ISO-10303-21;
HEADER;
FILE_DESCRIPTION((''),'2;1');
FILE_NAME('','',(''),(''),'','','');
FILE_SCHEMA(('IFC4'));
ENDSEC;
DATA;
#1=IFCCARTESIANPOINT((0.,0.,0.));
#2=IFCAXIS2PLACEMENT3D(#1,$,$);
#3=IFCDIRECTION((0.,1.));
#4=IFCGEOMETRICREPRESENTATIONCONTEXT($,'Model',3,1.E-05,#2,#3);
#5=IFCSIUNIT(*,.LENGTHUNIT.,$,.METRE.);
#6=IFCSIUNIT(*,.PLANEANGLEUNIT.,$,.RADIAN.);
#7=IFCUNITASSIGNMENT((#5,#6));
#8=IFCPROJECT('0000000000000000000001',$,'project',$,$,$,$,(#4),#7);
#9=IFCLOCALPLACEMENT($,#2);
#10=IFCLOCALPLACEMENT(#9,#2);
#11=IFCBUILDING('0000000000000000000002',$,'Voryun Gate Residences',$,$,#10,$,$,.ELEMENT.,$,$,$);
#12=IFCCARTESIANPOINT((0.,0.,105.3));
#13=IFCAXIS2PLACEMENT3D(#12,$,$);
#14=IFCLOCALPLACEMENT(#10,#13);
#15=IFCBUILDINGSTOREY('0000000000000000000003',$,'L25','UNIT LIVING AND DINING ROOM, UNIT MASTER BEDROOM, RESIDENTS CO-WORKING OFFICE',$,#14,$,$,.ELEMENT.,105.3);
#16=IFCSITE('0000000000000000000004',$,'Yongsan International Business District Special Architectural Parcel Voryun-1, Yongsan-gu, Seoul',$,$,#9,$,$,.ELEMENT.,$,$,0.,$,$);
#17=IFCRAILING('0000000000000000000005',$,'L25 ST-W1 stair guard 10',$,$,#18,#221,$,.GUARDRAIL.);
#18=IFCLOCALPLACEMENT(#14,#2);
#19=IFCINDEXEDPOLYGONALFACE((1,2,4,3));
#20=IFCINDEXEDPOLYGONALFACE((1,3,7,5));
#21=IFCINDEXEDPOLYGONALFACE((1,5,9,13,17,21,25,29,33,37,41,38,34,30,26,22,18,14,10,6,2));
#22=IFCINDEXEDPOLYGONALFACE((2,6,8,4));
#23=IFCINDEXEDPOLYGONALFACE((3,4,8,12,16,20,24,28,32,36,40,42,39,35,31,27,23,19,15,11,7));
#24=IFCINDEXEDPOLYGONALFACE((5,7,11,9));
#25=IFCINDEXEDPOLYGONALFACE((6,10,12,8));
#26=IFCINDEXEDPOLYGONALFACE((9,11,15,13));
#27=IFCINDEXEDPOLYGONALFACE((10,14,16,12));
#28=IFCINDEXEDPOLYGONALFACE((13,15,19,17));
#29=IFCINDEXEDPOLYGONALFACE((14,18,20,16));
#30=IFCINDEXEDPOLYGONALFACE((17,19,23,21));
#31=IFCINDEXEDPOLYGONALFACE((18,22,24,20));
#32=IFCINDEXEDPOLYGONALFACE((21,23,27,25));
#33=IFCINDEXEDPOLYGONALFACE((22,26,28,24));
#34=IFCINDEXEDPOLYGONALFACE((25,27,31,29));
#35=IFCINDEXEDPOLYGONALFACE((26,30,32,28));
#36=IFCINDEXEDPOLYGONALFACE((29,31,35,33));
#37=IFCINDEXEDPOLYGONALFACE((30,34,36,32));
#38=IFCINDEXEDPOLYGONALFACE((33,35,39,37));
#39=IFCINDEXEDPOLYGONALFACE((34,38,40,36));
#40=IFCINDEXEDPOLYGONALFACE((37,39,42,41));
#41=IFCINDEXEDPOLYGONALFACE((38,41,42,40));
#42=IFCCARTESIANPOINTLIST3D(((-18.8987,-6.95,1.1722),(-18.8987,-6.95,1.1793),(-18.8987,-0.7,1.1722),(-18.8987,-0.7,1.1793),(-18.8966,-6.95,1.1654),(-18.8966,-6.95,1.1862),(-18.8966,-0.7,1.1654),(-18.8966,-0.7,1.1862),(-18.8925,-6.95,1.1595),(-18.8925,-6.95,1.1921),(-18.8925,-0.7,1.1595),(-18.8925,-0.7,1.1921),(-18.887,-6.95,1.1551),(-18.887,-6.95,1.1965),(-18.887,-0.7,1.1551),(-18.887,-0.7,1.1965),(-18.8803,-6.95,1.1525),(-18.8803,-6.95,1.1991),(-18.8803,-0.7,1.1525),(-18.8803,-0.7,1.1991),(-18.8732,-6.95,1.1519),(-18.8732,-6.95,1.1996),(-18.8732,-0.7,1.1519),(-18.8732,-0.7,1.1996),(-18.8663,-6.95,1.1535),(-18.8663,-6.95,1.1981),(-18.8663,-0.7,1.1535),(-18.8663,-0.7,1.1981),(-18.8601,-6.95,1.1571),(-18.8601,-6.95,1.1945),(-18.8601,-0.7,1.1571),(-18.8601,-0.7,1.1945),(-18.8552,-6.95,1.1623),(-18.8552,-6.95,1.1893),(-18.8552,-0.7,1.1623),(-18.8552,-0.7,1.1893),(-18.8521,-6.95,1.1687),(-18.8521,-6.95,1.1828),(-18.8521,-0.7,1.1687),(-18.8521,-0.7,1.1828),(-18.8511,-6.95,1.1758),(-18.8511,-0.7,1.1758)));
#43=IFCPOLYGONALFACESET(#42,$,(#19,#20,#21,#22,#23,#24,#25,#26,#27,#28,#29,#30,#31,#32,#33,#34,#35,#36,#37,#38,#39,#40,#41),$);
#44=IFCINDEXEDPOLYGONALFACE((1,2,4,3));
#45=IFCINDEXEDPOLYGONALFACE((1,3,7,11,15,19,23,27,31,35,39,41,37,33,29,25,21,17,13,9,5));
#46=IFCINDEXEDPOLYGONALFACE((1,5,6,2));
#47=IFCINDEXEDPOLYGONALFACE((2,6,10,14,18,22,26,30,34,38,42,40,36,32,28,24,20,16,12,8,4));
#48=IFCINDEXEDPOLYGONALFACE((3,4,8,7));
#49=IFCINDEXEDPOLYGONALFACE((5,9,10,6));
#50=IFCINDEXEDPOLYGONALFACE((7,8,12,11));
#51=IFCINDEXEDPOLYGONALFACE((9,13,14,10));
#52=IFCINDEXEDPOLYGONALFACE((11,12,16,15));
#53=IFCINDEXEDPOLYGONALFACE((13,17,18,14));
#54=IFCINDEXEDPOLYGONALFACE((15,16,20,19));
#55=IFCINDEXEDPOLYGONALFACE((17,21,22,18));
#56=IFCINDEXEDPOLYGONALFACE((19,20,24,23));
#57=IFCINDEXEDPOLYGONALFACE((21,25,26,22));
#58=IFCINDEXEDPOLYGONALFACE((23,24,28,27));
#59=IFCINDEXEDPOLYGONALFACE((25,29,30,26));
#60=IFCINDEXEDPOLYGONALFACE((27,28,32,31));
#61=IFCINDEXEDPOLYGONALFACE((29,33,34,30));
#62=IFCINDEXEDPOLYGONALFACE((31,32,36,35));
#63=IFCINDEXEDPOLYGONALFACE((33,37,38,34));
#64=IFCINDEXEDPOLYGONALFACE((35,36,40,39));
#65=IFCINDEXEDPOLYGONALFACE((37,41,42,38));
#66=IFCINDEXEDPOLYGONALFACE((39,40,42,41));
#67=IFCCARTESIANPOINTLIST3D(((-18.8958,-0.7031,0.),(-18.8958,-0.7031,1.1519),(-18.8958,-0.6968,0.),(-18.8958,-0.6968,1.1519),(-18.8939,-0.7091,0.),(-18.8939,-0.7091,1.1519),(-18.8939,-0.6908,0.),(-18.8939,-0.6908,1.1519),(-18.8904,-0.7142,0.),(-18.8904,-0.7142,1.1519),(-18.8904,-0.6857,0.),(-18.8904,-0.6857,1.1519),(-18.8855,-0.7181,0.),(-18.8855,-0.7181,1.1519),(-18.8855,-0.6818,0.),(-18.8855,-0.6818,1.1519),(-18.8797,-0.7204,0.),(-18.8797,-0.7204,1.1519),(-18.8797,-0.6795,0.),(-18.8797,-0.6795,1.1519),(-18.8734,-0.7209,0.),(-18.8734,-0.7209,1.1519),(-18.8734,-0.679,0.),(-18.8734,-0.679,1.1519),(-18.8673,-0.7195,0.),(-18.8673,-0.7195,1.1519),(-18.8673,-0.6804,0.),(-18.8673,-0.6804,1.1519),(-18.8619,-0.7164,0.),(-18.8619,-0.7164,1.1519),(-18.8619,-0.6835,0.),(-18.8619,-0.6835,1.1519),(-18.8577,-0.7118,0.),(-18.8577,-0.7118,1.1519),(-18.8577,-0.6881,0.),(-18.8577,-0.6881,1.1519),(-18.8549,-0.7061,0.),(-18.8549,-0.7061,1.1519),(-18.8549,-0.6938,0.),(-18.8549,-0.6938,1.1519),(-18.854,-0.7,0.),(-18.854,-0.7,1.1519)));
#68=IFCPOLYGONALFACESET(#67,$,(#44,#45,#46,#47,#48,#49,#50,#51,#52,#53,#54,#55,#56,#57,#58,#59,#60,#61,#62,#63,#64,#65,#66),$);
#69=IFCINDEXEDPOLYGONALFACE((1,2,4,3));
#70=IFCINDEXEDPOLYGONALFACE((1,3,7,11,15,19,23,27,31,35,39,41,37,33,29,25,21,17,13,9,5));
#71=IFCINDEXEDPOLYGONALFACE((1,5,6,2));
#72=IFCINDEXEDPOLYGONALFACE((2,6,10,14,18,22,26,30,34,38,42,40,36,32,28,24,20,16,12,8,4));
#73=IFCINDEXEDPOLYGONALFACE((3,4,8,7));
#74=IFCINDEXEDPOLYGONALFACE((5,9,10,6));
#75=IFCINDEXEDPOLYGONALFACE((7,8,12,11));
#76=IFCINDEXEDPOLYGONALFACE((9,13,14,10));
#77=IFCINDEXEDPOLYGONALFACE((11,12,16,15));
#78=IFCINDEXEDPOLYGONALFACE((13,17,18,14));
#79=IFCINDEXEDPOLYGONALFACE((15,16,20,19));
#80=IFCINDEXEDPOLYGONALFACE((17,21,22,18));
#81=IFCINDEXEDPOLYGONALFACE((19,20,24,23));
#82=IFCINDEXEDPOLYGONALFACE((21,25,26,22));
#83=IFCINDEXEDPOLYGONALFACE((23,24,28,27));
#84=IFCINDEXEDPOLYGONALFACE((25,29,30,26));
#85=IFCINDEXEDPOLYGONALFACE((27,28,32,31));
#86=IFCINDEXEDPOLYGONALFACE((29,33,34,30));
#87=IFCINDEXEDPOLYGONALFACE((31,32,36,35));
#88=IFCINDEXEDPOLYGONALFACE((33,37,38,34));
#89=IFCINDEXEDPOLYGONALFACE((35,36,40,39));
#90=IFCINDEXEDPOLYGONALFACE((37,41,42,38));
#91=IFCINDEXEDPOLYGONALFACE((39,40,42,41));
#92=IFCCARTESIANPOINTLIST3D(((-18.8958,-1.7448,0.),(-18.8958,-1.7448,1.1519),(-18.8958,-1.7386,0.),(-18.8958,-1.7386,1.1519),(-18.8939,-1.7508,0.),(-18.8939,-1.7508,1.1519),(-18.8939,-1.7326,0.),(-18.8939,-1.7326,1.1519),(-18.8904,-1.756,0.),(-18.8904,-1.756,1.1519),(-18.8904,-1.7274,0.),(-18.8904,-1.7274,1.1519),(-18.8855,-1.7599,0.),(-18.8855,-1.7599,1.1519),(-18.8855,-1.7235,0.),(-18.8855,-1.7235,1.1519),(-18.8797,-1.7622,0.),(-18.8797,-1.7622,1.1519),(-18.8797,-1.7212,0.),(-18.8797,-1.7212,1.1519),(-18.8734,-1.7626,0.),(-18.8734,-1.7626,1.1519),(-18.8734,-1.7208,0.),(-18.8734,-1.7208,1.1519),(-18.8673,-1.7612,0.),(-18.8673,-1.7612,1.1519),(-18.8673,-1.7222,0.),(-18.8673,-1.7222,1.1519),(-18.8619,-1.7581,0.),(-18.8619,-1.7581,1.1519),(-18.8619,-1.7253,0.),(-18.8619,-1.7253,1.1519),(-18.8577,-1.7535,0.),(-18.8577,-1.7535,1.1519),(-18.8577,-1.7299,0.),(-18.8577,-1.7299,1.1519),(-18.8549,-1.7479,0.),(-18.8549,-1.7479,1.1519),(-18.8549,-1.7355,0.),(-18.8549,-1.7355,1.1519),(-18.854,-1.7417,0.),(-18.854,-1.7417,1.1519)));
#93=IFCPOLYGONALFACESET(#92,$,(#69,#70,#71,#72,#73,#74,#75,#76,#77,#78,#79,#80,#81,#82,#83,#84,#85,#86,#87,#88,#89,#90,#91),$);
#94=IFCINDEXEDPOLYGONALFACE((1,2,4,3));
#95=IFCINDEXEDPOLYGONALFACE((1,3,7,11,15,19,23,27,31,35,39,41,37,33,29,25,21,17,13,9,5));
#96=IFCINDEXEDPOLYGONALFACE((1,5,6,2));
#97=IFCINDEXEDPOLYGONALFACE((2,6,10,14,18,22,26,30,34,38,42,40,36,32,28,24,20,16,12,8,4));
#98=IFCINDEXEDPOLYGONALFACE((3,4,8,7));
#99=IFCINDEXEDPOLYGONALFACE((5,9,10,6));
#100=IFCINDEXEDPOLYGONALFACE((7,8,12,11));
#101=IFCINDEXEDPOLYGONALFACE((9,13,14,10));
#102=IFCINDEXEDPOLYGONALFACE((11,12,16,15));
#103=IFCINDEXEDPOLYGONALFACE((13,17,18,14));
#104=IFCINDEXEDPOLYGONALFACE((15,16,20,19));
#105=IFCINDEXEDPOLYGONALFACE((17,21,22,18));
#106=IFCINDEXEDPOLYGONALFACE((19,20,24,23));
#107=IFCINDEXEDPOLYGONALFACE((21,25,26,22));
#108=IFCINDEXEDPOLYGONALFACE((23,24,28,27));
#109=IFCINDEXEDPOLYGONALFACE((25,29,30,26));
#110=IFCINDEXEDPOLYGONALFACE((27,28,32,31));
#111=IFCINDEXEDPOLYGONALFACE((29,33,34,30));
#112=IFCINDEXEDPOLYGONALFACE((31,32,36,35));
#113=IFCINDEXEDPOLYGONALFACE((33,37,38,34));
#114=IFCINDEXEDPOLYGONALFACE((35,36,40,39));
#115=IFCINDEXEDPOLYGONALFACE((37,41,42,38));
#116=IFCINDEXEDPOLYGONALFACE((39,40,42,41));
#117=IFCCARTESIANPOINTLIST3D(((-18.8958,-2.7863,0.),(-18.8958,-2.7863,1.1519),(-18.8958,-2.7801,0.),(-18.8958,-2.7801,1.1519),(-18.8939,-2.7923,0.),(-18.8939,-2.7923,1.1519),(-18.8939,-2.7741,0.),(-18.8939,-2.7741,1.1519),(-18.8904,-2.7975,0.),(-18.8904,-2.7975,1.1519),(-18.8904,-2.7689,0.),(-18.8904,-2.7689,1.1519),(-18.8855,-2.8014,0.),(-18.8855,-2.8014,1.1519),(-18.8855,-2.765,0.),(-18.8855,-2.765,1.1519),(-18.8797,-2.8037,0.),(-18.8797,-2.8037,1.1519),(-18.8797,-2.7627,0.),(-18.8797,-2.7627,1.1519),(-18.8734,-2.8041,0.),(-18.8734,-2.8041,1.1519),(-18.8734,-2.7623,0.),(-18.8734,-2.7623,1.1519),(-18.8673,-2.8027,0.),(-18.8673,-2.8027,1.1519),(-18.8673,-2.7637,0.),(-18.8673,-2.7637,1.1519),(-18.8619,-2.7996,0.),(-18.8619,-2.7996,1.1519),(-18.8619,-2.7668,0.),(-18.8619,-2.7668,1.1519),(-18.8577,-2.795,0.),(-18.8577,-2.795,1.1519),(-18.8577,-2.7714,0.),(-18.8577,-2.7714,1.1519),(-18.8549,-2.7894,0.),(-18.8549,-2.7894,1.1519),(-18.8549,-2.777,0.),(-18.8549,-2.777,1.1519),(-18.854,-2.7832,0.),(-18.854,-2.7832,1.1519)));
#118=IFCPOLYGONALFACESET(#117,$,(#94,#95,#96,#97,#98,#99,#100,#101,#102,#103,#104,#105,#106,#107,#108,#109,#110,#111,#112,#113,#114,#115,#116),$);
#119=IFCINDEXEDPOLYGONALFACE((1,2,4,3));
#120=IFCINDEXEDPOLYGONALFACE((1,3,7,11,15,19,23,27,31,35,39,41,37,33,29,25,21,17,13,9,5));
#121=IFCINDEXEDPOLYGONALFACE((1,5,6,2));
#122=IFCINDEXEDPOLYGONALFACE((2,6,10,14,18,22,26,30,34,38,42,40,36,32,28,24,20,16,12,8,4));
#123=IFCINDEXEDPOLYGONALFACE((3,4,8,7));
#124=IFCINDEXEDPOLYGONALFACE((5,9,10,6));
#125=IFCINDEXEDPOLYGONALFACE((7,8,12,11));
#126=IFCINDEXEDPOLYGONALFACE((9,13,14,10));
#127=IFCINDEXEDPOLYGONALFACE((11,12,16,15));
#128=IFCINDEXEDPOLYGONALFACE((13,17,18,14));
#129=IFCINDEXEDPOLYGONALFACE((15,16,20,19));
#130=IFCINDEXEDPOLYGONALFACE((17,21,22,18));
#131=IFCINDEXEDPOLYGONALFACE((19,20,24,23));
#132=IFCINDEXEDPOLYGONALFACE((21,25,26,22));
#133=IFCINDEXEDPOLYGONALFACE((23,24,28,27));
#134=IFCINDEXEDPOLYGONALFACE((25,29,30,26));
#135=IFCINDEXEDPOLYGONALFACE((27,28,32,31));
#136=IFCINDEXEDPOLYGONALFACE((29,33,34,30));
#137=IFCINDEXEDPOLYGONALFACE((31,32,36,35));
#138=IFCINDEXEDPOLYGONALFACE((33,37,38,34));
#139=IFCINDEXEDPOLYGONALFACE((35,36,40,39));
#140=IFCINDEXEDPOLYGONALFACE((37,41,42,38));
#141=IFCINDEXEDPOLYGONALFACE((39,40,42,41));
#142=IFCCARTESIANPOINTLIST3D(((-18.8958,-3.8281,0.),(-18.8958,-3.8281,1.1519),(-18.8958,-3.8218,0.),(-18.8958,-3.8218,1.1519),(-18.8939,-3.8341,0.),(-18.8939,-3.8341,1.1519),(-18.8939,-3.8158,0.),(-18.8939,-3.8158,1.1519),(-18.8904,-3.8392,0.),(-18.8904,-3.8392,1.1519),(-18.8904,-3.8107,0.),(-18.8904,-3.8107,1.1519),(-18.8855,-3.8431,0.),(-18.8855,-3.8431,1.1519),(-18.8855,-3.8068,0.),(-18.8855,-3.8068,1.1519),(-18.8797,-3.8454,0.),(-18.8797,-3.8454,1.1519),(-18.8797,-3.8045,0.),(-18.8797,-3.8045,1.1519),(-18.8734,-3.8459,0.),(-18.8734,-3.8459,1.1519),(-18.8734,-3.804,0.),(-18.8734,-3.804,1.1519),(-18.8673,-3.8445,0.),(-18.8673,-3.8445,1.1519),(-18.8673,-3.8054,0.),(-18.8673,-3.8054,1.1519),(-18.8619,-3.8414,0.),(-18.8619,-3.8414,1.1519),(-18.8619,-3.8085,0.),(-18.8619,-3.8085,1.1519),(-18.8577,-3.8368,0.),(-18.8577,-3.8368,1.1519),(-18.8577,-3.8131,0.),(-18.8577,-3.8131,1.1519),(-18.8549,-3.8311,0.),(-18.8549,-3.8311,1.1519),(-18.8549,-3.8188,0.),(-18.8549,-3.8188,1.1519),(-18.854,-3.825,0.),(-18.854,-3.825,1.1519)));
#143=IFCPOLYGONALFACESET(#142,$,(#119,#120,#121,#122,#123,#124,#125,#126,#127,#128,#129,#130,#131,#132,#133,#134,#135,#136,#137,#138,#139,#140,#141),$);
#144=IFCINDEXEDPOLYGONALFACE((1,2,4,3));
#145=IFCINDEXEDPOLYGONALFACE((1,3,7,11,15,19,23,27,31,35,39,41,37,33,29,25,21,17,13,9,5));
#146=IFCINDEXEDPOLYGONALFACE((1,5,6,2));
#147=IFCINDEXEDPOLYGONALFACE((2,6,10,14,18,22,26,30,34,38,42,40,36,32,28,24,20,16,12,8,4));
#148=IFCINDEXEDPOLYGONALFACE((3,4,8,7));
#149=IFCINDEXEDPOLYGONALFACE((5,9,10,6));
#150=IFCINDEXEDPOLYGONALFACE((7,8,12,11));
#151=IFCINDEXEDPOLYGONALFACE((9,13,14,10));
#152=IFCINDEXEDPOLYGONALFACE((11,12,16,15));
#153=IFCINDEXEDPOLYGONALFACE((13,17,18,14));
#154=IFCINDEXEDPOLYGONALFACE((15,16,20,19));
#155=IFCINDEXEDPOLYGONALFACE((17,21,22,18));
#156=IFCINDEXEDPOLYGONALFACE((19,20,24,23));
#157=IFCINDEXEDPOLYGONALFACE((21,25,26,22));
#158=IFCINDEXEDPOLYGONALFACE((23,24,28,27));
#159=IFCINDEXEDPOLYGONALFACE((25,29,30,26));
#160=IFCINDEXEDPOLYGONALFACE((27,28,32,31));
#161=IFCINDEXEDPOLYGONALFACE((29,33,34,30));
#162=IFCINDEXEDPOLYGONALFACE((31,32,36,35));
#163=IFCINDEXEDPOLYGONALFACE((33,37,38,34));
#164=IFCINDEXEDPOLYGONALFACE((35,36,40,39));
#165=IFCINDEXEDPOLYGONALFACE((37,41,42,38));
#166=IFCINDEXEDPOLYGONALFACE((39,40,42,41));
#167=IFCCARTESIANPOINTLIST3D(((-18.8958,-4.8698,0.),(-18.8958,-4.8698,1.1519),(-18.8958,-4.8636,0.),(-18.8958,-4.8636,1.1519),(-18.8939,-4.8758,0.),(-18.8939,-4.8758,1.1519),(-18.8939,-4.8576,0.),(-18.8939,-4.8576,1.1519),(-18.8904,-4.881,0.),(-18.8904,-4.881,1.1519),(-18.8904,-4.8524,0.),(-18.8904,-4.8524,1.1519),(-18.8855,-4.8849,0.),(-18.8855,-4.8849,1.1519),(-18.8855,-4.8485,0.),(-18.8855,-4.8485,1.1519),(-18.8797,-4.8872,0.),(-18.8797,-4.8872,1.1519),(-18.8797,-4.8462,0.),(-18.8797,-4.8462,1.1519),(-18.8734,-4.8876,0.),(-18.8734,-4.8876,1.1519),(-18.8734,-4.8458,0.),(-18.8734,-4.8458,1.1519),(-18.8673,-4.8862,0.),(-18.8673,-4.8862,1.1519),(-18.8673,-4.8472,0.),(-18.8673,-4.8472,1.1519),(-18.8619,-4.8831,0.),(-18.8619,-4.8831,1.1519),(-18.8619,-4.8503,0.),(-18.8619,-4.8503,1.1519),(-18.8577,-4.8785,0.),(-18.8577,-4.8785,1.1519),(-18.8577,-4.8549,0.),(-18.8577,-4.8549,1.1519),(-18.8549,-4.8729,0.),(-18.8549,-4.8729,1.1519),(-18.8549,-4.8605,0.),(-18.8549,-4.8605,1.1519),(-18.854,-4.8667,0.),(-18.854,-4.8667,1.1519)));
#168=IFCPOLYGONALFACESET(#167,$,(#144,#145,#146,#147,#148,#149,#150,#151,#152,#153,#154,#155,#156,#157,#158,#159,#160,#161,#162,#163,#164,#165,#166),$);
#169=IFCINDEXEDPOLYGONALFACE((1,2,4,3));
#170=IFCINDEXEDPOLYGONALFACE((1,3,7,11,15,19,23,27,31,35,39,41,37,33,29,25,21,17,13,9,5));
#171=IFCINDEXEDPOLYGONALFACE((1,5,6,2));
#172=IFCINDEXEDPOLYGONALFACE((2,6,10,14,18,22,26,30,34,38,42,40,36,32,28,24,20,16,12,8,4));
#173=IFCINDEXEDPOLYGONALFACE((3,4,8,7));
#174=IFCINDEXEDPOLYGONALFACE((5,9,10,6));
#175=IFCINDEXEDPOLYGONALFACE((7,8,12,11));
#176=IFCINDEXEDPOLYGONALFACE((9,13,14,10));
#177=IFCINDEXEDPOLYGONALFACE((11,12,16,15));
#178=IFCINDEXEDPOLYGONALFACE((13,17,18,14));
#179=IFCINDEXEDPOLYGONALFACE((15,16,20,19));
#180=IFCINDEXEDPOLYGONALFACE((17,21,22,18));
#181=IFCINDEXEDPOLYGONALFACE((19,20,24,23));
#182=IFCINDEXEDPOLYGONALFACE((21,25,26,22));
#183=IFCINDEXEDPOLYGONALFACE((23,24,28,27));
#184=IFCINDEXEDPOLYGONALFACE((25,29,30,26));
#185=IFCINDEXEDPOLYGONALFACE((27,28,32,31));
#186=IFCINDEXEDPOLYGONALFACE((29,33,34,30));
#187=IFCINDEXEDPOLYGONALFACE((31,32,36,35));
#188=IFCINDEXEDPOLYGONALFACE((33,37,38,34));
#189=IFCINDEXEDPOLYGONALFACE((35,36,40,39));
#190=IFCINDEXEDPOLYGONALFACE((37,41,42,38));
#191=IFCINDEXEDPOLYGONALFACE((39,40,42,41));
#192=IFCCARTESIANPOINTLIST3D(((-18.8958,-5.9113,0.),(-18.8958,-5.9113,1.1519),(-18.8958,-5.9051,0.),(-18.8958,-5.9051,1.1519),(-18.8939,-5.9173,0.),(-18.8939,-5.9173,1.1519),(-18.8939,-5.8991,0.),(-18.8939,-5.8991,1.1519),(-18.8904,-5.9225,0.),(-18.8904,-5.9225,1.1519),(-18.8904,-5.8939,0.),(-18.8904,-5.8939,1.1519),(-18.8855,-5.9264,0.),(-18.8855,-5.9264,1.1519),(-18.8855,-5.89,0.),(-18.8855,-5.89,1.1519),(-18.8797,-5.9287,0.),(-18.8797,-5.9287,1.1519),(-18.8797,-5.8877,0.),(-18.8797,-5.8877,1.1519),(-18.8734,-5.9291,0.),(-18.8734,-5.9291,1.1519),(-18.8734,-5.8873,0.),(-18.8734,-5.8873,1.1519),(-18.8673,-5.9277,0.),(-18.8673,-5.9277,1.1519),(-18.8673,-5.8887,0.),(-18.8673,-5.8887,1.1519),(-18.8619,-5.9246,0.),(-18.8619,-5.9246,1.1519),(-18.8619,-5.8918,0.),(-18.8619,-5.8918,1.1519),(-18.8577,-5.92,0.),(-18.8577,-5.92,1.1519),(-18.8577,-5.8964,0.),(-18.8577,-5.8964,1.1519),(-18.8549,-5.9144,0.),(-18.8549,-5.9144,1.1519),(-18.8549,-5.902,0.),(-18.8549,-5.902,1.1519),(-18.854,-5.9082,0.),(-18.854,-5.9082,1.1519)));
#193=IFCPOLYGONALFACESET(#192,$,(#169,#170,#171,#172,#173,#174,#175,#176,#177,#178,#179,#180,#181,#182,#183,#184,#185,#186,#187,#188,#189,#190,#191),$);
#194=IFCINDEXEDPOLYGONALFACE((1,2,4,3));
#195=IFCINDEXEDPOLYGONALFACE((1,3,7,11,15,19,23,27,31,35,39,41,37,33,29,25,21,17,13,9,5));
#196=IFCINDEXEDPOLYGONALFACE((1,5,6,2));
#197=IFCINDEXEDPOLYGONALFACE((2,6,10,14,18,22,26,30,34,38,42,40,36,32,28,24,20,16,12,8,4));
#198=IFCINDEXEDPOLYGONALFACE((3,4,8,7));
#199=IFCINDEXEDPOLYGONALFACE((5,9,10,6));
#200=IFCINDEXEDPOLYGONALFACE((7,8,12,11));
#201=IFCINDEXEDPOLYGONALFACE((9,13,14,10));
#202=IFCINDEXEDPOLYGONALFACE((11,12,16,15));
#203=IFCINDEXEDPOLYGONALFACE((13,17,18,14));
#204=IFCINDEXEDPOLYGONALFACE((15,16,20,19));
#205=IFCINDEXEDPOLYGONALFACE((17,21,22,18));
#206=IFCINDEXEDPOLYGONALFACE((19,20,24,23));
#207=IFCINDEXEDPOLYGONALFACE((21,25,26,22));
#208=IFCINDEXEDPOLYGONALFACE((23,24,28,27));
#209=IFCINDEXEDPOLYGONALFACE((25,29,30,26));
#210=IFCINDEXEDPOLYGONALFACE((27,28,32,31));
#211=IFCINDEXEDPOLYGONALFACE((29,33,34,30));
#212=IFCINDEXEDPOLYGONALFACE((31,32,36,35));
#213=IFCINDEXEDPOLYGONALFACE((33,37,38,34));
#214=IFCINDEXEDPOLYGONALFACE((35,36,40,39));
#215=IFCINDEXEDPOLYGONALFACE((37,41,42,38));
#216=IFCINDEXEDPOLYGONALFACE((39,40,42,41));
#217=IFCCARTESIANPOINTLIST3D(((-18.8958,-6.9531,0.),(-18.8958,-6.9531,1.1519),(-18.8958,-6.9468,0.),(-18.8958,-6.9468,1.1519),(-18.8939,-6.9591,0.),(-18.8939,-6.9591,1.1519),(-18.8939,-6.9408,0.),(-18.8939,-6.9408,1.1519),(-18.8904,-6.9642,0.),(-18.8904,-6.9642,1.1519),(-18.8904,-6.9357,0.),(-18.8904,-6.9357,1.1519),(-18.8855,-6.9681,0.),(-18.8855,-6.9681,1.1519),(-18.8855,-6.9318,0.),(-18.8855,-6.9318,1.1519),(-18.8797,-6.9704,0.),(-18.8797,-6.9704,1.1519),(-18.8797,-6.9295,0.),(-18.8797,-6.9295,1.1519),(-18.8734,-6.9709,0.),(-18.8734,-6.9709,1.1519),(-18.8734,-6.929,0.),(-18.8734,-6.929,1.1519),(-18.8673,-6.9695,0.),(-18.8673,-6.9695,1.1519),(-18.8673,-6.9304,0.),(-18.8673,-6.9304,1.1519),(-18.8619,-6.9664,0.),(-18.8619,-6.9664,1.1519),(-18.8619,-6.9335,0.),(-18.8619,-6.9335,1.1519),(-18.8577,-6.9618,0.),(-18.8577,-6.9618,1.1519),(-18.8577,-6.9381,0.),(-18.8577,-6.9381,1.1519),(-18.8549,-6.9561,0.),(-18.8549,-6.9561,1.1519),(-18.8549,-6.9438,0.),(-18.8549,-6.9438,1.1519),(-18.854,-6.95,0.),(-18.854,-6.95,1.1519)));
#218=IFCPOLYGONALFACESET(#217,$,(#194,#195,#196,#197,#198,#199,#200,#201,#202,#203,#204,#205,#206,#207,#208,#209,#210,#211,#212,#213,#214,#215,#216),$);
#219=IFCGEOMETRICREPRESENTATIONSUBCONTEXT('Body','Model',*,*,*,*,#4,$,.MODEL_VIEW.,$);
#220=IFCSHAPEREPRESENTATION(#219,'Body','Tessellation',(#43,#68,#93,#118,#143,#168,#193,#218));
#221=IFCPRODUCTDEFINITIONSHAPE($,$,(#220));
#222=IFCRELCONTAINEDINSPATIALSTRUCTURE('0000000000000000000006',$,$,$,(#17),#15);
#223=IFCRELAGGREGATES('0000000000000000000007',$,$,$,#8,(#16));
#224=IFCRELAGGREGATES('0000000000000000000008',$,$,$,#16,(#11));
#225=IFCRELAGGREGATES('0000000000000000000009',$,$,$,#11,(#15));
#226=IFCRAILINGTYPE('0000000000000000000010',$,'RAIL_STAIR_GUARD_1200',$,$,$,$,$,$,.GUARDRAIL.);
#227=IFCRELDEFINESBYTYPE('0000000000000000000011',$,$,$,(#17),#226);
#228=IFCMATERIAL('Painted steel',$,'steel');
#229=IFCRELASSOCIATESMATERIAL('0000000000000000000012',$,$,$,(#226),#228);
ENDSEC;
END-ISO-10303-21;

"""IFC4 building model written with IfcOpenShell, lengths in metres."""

from ifc_helpers import new_model, si_unit, direction, frame, origin, origin_2d, place, context, subcontext, project, spatial, circle, extrude, material, type_object, element, save


model = new_model("IFC4")

# Units and contexts
model_context = context("Model", 3, precision=1e-05, world=origin(), true_north=direction((0.0, 1.0)))
body_context = subcontext(model_context, "Body", "Model", "MODEL_VIEW")
ifc_project = project(units=[si_unit("LENGTHUNIT", "METRE"), si_unit("PLANEANGLEUNIT", "RADIAN")], contexts=[model_context])

# Site, building, storey
site_placement = place(None, origin())
site = spatial("IfcSite", under=ifc_project, at=site_placement, Name="Yongsan International Business District Special Architectural Parcel Voryun-1, Yongsan-gu, Seoul", CompositionType="ELEMENT", RefElevation=0.0)
building_placement = place(site_placement, origin())
building = spatial("IfcBuilding", under=site, at=building_placement, Name="Voryun Gate Residences", CompositionType="ELEMENT")
storey_placement = place(building_placement, frame((0.0, 0.0, 105.3)))
storey = spatial("IfcBuildingStorey", under=building, at=storey_placement, Name="L25", Description="UNIT LIVING AND DINING ROOM, UNIT MASTER BEDROOM, RESIDENTS CO-WORKING OFFICE", CompositionType="ELEMENT", Elevation=105.3)

# Railing
ifc_material_1 = material(Name="Painted steel", Category="steel")
railing_type_1 = type_object("IfcRailingType", Name="RAIL_STAIR_GUARD_1200", PredefinedType="GUARDRAIL", material=ifc_material_1)
railing_1_placement = place(storey_placement, frame((-18.875, -0.7, 0.0)))
element("IfcRailing", 1, at=railing_1_placement, inside=storey, type_object=railing_type_1, Name="L25 ST-W1 stair guard 10", PredefinedType="GUARDRAIL", context=body_context, shape_type="SweptSolid", body=[
    extrude(circle(Radius=0.0239, at=origin_2d()), frame((0.0, 0.0, 1.1758), z_axis=(0.0, -1.0, 0.0), x_axis=(1.0, 0.0, 0.0)), (0.0, 0.0, 1.0), 6.25),
    extrude(circle(Radius=0.021, at=origin_2d()), origin(), (0.0, 0.0, 1.0), 1.1519),
    extrude(circle(Radius=0.021, at=origin_2d()), frame((0.0, -1.0417, 0.0)), (0.0, 0.0, 1.0), 1.1519),
    extrude(circle(Radius=0.021, at=origin_2d()), frame((0.0, -2.0833, 0.0)), (0.0, 0.0, 1.0), 1.1519),
    extrude(circle(Radius=0.021, at=origin_2d()), frame((0.0, -3.125, 0.0)), (0.0, 0.0, 1.0), 1.1519),
    extrude(circle(Radius=0.021, at=origin_2d()), frame((0.0, -4.1667, 0.0)), (0.0, 0.0, 1.0), 1.1519),
    extrude(circle(Radius=0.021, at=origin_2d()), frame((0.0, -5.2083, 0.0)), (0.0, 0.0, 1.0), 1.1519),
    extrude(circle(Radius=0.021, at=origin_2d()), frame((0.0, -6.25, 0.0)), (0.0, 0.0, 1.0), 1.1519),
])

save(model, "model.ifc")
